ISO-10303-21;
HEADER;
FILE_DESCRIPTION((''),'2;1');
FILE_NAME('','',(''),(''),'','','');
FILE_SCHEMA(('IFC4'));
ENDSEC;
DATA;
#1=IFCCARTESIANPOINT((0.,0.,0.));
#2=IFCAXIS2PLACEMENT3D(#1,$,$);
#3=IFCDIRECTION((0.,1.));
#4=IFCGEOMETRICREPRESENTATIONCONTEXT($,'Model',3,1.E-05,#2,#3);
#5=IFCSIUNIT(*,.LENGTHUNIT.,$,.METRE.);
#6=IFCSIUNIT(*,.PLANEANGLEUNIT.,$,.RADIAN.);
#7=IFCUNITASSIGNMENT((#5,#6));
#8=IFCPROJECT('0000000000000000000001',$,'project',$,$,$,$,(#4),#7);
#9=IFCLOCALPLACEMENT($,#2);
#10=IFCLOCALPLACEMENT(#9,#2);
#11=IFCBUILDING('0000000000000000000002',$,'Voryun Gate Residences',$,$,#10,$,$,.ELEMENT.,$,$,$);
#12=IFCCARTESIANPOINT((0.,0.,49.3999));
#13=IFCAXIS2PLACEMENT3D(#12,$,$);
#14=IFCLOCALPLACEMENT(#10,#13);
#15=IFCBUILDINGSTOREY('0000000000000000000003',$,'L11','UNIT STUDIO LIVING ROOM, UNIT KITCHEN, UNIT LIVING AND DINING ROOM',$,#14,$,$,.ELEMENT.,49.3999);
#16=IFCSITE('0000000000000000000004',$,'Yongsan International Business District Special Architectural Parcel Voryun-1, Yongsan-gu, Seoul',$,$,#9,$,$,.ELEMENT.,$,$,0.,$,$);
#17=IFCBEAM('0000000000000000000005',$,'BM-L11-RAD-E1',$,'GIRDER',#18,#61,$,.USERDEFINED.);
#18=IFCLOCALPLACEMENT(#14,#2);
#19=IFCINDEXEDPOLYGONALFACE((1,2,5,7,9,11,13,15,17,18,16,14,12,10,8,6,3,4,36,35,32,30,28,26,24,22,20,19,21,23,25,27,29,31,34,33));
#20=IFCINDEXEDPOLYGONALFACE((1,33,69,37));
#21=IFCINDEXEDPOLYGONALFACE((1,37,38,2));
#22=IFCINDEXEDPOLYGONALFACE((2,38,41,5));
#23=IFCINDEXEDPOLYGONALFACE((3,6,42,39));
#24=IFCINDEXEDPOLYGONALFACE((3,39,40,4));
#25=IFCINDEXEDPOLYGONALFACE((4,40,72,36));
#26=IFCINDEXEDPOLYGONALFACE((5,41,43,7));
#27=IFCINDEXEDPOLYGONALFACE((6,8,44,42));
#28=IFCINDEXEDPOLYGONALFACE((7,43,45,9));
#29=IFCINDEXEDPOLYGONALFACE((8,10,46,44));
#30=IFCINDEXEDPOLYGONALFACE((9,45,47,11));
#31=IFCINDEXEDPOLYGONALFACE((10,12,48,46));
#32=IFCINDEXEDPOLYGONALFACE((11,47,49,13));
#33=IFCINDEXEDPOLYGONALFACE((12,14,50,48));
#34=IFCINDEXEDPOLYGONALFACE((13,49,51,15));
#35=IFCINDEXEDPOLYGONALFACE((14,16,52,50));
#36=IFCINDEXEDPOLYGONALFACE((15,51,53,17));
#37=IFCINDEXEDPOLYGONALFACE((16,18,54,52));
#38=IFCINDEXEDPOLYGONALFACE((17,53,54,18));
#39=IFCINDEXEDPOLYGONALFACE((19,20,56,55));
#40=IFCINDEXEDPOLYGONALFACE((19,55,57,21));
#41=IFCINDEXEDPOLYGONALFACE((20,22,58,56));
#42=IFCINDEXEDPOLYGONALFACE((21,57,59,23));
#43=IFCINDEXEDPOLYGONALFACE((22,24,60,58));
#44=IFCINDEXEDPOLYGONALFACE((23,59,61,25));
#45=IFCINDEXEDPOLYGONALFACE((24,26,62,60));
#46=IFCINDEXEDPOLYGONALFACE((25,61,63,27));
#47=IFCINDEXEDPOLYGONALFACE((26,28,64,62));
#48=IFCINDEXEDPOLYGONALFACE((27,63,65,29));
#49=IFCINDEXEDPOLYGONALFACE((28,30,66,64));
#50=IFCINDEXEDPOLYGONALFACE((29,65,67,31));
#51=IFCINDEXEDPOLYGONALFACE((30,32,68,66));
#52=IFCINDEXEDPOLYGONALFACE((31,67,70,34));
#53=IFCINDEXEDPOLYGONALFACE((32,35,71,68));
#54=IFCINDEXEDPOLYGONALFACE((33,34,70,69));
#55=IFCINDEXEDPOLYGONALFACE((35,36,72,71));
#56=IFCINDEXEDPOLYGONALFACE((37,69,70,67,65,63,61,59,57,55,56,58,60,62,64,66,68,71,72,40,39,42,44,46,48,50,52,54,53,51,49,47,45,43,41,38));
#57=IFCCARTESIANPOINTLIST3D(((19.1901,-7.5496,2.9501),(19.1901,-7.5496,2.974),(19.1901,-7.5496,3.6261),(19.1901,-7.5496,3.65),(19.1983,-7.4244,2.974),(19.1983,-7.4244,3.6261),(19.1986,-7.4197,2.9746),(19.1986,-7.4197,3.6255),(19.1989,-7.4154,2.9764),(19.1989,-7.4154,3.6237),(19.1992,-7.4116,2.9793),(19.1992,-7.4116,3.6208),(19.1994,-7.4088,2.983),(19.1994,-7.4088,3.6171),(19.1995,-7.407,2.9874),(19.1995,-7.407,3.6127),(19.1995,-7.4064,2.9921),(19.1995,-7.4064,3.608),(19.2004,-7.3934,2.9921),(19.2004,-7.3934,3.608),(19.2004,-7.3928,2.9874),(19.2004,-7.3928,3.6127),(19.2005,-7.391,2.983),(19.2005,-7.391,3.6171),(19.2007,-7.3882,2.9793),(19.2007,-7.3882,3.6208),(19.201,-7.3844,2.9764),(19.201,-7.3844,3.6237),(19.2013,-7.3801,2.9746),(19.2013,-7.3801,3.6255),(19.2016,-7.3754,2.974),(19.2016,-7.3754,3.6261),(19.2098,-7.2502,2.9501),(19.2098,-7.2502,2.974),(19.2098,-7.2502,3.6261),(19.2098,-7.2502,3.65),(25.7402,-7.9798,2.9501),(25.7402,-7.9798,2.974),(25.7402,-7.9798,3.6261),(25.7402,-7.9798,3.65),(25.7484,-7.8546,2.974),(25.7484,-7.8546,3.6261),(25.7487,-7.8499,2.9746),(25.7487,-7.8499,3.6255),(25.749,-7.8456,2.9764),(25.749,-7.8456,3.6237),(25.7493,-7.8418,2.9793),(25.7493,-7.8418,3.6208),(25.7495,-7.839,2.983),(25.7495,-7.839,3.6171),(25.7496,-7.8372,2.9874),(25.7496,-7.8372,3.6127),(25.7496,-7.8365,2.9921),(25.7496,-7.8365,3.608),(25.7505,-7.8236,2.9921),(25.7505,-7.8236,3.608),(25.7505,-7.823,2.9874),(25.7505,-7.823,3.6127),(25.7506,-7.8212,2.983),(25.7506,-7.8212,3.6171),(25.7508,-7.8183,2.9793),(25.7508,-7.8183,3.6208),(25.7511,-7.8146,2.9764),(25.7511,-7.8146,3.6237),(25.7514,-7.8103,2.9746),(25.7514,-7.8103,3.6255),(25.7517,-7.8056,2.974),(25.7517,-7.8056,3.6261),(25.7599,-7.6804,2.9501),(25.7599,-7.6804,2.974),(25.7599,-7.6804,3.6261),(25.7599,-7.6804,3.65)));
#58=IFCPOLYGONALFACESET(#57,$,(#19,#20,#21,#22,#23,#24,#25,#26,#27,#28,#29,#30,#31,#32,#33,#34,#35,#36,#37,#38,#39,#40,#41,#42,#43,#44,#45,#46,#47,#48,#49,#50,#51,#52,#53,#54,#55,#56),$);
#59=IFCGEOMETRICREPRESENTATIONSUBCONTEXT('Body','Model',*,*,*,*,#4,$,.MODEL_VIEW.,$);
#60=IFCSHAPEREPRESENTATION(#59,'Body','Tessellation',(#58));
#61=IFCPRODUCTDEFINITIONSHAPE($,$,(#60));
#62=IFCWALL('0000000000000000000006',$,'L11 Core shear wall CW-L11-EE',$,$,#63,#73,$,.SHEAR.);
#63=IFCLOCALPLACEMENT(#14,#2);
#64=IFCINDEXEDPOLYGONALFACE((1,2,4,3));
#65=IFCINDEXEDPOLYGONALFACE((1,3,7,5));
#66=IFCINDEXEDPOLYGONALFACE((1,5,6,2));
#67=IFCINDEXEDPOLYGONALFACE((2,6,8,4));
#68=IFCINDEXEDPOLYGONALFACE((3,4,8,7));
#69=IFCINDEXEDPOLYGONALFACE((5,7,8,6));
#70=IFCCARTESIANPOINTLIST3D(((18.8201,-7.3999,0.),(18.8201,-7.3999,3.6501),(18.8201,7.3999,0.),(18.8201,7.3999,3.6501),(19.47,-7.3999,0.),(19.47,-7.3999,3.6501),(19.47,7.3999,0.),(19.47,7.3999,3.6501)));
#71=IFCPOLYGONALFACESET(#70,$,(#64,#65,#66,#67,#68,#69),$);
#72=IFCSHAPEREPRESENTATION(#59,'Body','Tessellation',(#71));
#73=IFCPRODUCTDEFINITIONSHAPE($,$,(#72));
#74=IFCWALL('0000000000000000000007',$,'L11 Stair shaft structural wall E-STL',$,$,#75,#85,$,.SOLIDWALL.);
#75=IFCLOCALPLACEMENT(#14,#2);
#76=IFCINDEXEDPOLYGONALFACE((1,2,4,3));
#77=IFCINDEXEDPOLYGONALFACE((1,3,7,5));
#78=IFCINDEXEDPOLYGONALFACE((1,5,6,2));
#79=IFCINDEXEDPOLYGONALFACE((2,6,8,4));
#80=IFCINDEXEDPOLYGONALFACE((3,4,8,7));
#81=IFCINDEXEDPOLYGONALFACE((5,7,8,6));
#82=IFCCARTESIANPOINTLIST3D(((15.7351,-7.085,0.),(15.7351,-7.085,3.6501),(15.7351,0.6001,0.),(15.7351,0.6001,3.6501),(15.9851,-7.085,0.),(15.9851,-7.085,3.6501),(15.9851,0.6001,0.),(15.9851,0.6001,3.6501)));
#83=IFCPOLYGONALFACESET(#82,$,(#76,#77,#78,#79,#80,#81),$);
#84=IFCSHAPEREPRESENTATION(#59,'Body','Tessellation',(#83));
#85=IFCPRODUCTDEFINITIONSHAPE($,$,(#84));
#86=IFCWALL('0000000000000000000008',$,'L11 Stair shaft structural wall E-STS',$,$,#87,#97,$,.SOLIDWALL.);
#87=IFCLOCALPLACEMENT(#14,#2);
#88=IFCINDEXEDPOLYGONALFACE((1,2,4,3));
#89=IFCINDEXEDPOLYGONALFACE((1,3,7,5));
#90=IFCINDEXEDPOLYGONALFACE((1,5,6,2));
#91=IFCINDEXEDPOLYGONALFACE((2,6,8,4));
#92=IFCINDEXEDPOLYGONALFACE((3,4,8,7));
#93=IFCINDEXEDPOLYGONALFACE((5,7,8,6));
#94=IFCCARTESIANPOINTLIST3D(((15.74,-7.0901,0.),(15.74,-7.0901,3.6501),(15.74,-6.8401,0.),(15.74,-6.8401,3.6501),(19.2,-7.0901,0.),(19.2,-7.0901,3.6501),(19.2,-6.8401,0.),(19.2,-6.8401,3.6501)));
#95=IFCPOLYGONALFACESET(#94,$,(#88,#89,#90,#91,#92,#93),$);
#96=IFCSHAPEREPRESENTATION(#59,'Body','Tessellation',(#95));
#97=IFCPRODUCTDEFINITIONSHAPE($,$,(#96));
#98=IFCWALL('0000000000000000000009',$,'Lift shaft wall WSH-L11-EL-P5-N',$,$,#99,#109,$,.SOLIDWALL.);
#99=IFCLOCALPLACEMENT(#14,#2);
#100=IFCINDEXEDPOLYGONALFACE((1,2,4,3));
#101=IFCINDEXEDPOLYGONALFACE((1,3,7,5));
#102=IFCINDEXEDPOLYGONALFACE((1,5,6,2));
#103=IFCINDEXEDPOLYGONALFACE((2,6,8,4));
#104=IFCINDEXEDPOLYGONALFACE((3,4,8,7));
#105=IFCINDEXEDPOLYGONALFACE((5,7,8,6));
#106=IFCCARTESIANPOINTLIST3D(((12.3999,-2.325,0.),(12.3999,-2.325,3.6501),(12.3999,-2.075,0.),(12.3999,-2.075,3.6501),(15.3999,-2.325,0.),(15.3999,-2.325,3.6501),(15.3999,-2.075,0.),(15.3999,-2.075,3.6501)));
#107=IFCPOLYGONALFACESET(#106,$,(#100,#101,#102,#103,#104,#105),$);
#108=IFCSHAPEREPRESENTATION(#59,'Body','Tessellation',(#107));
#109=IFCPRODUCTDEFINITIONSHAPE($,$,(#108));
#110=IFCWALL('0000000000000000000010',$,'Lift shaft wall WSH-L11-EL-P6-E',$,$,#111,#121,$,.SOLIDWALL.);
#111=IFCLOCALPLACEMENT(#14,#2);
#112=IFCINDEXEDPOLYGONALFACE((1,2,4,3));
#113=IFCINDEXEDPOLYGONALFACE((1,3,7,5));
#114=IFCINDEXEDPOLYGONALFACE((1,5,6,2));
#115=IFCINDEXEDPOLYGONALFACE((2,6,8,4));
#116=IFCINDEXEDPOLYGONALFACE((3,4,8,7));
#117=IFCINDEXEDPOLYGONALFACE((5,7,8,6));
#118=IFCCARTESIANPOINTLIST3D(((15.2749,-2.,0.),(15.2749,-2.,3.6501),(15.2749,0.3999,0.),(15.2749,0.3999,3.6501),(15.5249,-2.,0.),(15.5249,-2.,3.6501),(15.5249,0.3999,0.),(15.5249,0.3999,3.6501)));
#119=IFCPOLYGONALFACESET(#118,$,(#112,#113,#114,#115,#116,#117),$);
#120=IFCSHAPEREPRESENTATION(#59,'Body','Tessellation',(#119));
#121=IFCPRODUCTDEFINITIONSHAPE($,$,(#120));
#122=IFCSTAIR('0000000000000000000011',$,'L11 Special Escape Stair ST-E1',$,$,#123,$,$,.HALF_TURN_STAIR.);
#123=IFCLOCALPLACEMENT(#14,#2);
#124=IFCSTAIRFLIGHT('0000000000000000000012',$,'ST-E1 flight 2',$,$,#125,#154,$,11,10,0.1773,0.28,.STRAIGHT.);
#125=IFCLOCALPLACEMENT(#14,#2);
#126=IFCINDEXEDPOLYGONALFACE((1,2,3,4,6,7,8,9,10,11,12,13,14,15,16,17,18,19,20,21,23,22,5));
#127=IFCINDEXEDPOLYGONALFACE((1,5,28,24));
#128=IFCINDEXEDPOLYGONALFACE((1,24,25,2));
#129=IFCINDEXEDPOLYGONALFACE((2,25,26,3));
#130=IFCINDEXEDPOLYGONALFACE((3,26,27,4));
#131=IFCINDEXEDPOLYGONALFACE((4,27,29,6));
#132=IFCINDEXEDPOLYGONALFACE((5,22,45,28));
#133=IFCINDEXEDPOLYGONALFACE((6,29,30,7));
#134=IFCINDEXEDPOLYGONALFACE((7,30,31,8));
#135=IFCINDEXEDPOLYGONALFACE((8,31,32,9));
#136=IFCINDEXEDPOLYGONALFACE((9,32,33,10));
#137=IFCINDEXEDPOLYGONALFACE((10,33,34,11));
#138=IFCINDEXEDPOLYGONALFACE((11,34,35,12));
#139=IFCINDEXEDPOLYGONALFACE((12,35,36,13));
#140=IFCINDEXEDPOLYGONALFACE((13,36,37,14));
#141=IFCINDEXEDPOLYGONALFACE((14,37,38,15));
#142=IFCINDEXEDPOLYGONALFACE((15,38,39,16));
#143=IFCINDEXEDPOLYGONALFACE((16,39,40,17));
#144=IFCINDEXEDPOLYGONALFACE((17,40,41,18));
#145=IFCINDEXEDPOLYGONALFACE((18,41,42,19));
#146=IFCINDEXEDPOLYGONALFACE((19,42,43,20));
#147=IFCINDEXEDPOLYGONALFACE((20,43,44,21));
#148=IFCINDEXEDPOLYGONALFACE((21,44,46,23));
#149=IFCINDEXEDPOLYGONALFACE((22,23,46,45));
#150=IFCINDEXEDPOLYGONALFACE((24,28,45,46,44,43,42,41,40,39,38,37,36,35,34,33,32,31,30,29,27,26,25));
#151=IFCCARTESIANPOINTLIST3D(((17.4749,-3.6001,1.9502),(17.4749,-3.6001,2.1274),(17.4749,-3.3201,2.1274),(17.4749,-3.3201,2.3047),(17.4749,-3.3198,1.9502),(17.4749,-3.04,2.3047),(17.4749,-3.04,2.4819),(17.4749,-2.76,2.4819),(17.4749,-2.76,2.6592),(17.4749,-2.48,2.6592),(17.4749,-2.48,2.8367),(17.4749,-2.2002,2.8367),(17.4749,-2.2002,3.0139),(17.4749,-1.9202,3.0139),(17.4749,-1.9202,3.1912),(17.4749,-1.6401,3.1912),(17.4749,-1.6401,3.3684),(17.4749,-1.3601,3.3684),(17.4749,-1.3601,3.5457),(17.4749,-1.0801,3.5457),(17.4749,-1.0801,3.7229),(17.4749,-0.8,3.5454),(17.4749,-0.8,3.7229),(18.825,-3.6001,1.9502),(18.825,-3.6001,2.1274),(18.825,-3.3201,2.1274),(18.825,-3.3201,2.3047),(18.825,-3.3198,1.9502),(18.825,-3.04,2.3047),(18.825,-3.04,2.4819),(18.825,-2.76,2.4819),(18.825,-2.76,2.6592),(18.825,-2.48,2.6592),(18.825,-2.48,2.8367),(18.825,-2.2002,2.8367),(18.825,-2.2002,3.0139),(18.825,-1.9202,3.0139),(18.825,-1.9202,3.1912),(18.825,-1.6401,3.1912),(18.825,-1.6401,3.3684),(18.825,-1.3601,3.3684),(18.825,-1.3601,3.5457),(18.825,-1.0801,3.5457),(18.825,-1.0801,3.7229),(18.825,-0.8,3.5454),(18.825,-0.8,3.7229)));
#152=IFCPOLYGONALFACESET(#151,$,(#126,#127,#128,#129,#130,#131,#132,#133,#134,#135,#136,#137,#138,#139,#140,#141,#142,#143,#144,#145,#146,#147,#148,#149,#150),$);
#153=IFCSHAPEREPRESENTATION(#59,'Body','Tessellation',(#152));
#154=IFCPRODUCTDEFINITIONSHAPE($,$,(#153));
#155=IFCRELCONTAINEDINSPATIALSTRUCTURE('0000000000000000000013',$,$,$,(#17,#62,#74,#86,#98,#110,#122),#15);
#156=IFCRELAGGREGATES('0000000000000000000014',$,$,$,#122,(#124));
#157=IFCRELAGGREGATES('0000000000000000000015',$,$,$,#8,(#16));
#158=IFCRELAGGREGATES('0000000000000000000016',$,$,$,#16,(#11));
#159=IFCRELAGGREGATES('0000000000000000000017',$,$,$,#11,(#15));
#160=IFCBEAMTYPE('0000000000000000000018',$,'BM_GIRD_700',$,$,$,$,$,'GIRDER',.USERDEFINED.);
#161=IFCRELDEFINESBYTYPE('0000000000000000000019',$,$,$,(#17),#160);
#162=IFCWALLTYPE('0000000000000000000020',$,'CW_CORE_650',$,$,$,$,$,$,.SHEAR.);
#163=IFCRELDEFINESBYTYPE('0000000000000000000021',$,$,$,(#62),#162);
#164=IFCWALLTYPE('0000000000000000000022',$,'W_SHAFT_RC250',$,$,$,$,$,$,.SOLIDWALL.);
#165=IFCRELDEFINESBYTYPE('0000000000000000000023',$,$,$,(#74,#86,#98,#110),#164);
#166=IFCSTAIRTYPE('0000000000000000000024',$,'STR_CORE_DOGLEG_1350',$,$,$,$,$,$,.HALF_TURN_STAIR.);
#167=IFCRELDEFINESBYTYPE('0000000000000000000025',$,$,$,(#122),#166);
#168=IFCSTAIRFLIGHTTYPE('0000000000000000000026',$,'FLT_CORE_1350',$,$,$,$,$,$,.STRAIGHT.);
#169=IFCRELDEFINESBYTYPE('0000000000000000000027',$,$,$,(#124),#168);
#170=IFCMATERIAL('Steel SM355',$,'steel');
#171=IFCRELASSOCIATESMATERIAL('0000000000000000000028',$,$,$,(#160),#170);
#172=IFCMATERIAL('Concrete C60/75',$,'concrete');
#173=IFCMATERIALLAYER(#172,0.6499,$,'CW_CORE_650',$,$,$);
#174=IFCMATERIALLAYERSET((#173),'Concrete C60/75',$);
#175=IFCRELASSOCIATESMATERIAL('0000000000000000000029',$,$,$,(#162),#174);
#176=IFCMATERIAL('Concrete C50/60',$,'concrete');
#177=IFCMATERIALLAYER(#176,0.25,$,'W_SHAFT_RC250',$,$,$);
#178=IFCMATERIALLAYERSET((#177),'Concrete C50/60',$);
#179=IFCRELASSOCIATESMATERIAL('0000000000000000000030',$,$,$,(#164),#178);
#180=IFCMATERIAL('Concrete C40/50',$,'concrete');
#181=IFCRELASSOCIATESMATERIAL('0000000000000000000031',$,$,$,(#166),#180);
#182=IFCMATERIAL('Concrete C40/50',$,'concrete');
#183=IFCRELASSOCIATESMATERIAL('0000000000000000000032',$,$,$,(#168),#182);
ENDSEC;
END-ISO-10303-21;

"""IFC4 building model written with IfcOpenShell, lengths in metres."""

from ifc_helpers import new_model, si_unit, direction, frame, frame_2d, origin, origin_2d, place, context, subcontext, project, spatial, polyline, rectangle, i_section, outline, extrude, material, layer, layer_set, material_profile, profile_set, type_object, element, aggregate, save


model = new_model("IFC4")

# Units and contexts
model_context = context("Model", 3, precision=1e-05, world=origin(), true_north=direction((0.0, 1.0)))
body_context = subcontext(model_context, "Body", "Model", "MODEL_VIEW")
ifc_project = project(units=[si_unit("LENGTHUNIT", "METRE"), si_unit("PLANEANGLEUNIT", "RADIAN")], contexts=[model_context])

# Site, building, storey
site_placement = place(None, origin())
site = spatial("IfcSite", under=ifc_project, at=site_placement, Name="Yongsan International Business District Special Architectural Parcel Voryun-1, Yongsan-gu, Seoul", CompositionType="ELEMENT", RefElevation=0.0)
building_placement = place(site_placement, origin())
building = spatial("IfcBuilding", under=site, at=building_placement, Name="Voryun Gate Residences", CompositionType="ELEMENT")
storey_placement = place(building_placement, frame((0.0, 0.0, 49.3999)))
storey = spatial("IfcBuildingStorey", under=building, at=storey_placement, Name="L11", Description="UNIT STUDIO LIVING ROOM, UNIT KITCHEN, UNIT LIVING AND DINING ROOM", CompositionType="ELEMENT", Elevation=49.3999)

# Beam
ifc_material_1 = material(Name="Steel SM355", Category="steel")
ifc_material_profile_1 = material_profile(ifc_material_1, i_section(OverallWidth=0.3, OverallDepth=0.7, WebThickness=0.0129, FlangeThickness=0.0239, FilletRadius=0.0181, at=origin_2d()), Name="H-700x300x13x24")
ifc_profile_set_1 = profile_set([ifc_material_profile_1], Name="Steel SM355")
beam_type_1 = type_object("IfcBeamType", Name="BM_GIRD_700", ElementType="GIRDER", PredefinedType="USERDEFINED", material=ifc_profile_set_1)
beam_1_placement = place(storey_placement, frame((19.2, -7.3999, 3.3), z_axis=(0.99785, -0.065534, 0.0), x_axis=(0.065534, 0.99785, 0.0)))
element("IfcBeam", 1, at=beam_1_placement, inside=storey, type_object=beam_type_1, Name="BM-L11-RAD-E1", ObjectType="GIRDER", PredefinedType="USERDEFINED", context=body_context, shape_type="SweptSolid", body=[
    extrude(i_section(OverallWidth=0.3, OverallDepth=0.7, WebThickness=0.0129, FlangeThickness=0.0239, FilletRadius=0.0181, at=origin_2d()), origin(), (0.0, 0.0, 1.0), 6.5642),
])

# Walls
ifc_material_2 = material(Name="Concrete C60/75", Category="concrete")
ifc_layer_1 = layer(ifc_material_2, 0.6499, Name="CW_CORE_650")
ifc_layer_set_1 = layer_set([ifc_layer_1], Name="Concrete C60/75")
wall_type_1 = type_object("IfcWallType", Name="CW_CORE_650", PredefinedType="SHEAR", material=ifc_layer_set_1)
wall_1_placement = place(storey_placement, frame((19.145, -7.3999, 0.0), z_axis=(0.0, 0.0, 1.0), x_axis=(0.0, 1.0, 0.0)))
element("IfcWall", 2, at=wall_1_placement, inside=storey, type_object=wall_type_1, Name="L11 Core shear wall CW-L11-EE", PredefinedType="SHEAR", context=body_context, shape_type="SweptSolid", body=[
    extrude(rectangle(XDim=14.7998, YDim=0.6499, at=frame_2d((7.3999, 0.0))), origin(), (0.0, 0.0, 1.0), 3.6501),
])
ifc_material_3 = material(Name="Concrete C50/60", Category="concrete")
ifc_layer_2 = layer(ifc_material_3, 0.25, Name="W_SHAFT_RC250")
ifc_layer_set_2 = layer_set([ifc_layer_2], Name="Concrete C50/60")
wall_type_2 = type_object("IfcWallType", Name="W_SHAFT_RC250", PredefinedType="SOLIDWALL", material=ifc_layer_set_2)
wall_2_placement = place(storey_placement, frame((15.8601, -7.085, 0.0), z_axis=(0.0, 0.0, 1.0), x_axis=(0.0, 1.0, 0.0)))
element("IfcWall", 3, at=wall_2_placement, inside=storey, type_object=wall_type_2, Name="L11 Stair shaft structural wall E-STL", PredefinedType="SOLIDWALL", context=body_context, shape_type="SweptSolid", body=[
    extrude(rectangle(XDim=7.6851, YDim=0.25, at=frame_2d((3.8425, 0.0))), origin(), (0.0, 0.0, 1.0), 3.6501),
])
wall_3_placement = place(storey_placement, frame((15.74, -6.9651, 0.0), z_axis=(0.0, 0.0, 1.0), x_axis=(1.0, 0.0, 0.0)))
element("IfcWall", 4, at=wall_3_placement, inside=storey, type_object=wall_type_2, Name="L11 Stair shaft structural wall E-STS", PredefinedType="SOLIDWALL", context=body_context, shape_type="SweptSolid", body=[
    extrude(rectangle(XDim=3.46, YDim=0.25, at=frame_2d((1.73, 0.0))), origin(), (0.0, 0.0, 1.0), 3.6501),
])
wall_4_placement = place(storey_placement, frame((15.3999, -2.2, 0.0), z_axis=(0.0, 0.0, 1.0), x_axis=(-1.0, 0.0, 0.0)))
element("IfcWall", 5, at=wall_4_placement, inside=storey, type_object=wall_type_2, Name="Lift shaft wall WSH-L11-EL-P5-N", PredefinedType="SOLIDWALL", context=body_context, shape_type="SweptSolid", body=[
    extrude(rectangle(XDim=3.0, YDim=0.25, at=frame_2d((1.5, 0.0))), origin(), (0.0, 0.0, 1.0), 3.6501),
])
wall_5_placement = place(storey_placement, frame((15.3999, -2.0, 0.0), z_axis=(0.0, 0.0, 1.0), x_axis=(0.0, 1.0, 0.0)))
element("IfcWall", 6, at=wall_5_placement, inside=storey, type_object=wall_type_2, Name="Lift shaft wall WSH-L11-EL-P6-E", PredefinedType="SOLIDWALL", context=body_context, shape_type="SweptSolid", body=[
    extrude(rectangle(XDim=2.3999, YDim=0.25, at=frame_2d((1.2, 0.0))), origin(), (0.0, 0.0, 1.0), 3.6501),
])

# Stair, stair flight
ifc_material_4 = material(Name="Concrete C40/50", Category="concrete")
stair_type = type_object("IfcStairType", Name="STR_CORE_DOGLEG_1350", PredefinedType="HALF_TURN_STAIR", material=ifc_material_4)
stair_placement = place(storey_placement, origin())
stair = element("IfcStair", 7, at=stair_placement, inside=storey, type_object=stair_type, Name="L11 Special Escape Stair ST-E1", PredefinedType="HALF_TURN_STAIR")
ifc_material_5 = material(Name="Concrete C40/50", Category="concrete")
stair_flight_type = type_object("IfcStairFlightType", Name="FLT_CORE_1350", PredefinedType="STRAIGHT", material=ifc_material_5)
stair_flight_placement = place(storey_placement, frame((18.1499, -3.6001, 1.9502), z_axis=(0.0, 0.0, 1.0), x_axis=(0.0, 1.0, 0.0)))
stair_flight = element("IfcStairFlight", 8, at=stair_flight_placement, type_object=stair_flight_type, Name="ST-E1 flight 2", NumberOfRisers=11, NumberOfTreads=10, PredefinedType="STRAIGHT", RiserHeight=0.1773, TreadLength=0.28, context=body_context, shape_type="SweptSolid", body=[
    extrude(outline(polyline([(0.0, 0.0), (0.0, 0.1772), (0.28, 0.1772), (0.28, 0.3545), (0.5601, 0.3545), (0.5601, 0.5317), (0.8401, 0.5317), (0.8401, 0.709), (1.1201, 0.709), (1.1201, 0.8865), (1.3999, 0.8865), (1.3999, 1.0637), (1.6799, 1.0637), (1.6799, 1.241), (1.96, 1.241), (1.96, 1.4182), (2.24, 1.4182), (2.24, 1.5955), (2.52, 1.5955), (2.52, 1.7727), (2.8, 1.7727), (2.8, 1.95), (2.8, 1.5952), (0.2803, 0.0), (0.0, 0.0)])), frame((0.0, 0.675, 0.0), z_axis=(0.0, -1.0, 0.0), x_axis=(1.0, 0.0, 0.0)), (0.0, 0.0, 1.0), 1.3501),
])
aggregate(stair, [stair_flight])

save(model, "model.ifc")
